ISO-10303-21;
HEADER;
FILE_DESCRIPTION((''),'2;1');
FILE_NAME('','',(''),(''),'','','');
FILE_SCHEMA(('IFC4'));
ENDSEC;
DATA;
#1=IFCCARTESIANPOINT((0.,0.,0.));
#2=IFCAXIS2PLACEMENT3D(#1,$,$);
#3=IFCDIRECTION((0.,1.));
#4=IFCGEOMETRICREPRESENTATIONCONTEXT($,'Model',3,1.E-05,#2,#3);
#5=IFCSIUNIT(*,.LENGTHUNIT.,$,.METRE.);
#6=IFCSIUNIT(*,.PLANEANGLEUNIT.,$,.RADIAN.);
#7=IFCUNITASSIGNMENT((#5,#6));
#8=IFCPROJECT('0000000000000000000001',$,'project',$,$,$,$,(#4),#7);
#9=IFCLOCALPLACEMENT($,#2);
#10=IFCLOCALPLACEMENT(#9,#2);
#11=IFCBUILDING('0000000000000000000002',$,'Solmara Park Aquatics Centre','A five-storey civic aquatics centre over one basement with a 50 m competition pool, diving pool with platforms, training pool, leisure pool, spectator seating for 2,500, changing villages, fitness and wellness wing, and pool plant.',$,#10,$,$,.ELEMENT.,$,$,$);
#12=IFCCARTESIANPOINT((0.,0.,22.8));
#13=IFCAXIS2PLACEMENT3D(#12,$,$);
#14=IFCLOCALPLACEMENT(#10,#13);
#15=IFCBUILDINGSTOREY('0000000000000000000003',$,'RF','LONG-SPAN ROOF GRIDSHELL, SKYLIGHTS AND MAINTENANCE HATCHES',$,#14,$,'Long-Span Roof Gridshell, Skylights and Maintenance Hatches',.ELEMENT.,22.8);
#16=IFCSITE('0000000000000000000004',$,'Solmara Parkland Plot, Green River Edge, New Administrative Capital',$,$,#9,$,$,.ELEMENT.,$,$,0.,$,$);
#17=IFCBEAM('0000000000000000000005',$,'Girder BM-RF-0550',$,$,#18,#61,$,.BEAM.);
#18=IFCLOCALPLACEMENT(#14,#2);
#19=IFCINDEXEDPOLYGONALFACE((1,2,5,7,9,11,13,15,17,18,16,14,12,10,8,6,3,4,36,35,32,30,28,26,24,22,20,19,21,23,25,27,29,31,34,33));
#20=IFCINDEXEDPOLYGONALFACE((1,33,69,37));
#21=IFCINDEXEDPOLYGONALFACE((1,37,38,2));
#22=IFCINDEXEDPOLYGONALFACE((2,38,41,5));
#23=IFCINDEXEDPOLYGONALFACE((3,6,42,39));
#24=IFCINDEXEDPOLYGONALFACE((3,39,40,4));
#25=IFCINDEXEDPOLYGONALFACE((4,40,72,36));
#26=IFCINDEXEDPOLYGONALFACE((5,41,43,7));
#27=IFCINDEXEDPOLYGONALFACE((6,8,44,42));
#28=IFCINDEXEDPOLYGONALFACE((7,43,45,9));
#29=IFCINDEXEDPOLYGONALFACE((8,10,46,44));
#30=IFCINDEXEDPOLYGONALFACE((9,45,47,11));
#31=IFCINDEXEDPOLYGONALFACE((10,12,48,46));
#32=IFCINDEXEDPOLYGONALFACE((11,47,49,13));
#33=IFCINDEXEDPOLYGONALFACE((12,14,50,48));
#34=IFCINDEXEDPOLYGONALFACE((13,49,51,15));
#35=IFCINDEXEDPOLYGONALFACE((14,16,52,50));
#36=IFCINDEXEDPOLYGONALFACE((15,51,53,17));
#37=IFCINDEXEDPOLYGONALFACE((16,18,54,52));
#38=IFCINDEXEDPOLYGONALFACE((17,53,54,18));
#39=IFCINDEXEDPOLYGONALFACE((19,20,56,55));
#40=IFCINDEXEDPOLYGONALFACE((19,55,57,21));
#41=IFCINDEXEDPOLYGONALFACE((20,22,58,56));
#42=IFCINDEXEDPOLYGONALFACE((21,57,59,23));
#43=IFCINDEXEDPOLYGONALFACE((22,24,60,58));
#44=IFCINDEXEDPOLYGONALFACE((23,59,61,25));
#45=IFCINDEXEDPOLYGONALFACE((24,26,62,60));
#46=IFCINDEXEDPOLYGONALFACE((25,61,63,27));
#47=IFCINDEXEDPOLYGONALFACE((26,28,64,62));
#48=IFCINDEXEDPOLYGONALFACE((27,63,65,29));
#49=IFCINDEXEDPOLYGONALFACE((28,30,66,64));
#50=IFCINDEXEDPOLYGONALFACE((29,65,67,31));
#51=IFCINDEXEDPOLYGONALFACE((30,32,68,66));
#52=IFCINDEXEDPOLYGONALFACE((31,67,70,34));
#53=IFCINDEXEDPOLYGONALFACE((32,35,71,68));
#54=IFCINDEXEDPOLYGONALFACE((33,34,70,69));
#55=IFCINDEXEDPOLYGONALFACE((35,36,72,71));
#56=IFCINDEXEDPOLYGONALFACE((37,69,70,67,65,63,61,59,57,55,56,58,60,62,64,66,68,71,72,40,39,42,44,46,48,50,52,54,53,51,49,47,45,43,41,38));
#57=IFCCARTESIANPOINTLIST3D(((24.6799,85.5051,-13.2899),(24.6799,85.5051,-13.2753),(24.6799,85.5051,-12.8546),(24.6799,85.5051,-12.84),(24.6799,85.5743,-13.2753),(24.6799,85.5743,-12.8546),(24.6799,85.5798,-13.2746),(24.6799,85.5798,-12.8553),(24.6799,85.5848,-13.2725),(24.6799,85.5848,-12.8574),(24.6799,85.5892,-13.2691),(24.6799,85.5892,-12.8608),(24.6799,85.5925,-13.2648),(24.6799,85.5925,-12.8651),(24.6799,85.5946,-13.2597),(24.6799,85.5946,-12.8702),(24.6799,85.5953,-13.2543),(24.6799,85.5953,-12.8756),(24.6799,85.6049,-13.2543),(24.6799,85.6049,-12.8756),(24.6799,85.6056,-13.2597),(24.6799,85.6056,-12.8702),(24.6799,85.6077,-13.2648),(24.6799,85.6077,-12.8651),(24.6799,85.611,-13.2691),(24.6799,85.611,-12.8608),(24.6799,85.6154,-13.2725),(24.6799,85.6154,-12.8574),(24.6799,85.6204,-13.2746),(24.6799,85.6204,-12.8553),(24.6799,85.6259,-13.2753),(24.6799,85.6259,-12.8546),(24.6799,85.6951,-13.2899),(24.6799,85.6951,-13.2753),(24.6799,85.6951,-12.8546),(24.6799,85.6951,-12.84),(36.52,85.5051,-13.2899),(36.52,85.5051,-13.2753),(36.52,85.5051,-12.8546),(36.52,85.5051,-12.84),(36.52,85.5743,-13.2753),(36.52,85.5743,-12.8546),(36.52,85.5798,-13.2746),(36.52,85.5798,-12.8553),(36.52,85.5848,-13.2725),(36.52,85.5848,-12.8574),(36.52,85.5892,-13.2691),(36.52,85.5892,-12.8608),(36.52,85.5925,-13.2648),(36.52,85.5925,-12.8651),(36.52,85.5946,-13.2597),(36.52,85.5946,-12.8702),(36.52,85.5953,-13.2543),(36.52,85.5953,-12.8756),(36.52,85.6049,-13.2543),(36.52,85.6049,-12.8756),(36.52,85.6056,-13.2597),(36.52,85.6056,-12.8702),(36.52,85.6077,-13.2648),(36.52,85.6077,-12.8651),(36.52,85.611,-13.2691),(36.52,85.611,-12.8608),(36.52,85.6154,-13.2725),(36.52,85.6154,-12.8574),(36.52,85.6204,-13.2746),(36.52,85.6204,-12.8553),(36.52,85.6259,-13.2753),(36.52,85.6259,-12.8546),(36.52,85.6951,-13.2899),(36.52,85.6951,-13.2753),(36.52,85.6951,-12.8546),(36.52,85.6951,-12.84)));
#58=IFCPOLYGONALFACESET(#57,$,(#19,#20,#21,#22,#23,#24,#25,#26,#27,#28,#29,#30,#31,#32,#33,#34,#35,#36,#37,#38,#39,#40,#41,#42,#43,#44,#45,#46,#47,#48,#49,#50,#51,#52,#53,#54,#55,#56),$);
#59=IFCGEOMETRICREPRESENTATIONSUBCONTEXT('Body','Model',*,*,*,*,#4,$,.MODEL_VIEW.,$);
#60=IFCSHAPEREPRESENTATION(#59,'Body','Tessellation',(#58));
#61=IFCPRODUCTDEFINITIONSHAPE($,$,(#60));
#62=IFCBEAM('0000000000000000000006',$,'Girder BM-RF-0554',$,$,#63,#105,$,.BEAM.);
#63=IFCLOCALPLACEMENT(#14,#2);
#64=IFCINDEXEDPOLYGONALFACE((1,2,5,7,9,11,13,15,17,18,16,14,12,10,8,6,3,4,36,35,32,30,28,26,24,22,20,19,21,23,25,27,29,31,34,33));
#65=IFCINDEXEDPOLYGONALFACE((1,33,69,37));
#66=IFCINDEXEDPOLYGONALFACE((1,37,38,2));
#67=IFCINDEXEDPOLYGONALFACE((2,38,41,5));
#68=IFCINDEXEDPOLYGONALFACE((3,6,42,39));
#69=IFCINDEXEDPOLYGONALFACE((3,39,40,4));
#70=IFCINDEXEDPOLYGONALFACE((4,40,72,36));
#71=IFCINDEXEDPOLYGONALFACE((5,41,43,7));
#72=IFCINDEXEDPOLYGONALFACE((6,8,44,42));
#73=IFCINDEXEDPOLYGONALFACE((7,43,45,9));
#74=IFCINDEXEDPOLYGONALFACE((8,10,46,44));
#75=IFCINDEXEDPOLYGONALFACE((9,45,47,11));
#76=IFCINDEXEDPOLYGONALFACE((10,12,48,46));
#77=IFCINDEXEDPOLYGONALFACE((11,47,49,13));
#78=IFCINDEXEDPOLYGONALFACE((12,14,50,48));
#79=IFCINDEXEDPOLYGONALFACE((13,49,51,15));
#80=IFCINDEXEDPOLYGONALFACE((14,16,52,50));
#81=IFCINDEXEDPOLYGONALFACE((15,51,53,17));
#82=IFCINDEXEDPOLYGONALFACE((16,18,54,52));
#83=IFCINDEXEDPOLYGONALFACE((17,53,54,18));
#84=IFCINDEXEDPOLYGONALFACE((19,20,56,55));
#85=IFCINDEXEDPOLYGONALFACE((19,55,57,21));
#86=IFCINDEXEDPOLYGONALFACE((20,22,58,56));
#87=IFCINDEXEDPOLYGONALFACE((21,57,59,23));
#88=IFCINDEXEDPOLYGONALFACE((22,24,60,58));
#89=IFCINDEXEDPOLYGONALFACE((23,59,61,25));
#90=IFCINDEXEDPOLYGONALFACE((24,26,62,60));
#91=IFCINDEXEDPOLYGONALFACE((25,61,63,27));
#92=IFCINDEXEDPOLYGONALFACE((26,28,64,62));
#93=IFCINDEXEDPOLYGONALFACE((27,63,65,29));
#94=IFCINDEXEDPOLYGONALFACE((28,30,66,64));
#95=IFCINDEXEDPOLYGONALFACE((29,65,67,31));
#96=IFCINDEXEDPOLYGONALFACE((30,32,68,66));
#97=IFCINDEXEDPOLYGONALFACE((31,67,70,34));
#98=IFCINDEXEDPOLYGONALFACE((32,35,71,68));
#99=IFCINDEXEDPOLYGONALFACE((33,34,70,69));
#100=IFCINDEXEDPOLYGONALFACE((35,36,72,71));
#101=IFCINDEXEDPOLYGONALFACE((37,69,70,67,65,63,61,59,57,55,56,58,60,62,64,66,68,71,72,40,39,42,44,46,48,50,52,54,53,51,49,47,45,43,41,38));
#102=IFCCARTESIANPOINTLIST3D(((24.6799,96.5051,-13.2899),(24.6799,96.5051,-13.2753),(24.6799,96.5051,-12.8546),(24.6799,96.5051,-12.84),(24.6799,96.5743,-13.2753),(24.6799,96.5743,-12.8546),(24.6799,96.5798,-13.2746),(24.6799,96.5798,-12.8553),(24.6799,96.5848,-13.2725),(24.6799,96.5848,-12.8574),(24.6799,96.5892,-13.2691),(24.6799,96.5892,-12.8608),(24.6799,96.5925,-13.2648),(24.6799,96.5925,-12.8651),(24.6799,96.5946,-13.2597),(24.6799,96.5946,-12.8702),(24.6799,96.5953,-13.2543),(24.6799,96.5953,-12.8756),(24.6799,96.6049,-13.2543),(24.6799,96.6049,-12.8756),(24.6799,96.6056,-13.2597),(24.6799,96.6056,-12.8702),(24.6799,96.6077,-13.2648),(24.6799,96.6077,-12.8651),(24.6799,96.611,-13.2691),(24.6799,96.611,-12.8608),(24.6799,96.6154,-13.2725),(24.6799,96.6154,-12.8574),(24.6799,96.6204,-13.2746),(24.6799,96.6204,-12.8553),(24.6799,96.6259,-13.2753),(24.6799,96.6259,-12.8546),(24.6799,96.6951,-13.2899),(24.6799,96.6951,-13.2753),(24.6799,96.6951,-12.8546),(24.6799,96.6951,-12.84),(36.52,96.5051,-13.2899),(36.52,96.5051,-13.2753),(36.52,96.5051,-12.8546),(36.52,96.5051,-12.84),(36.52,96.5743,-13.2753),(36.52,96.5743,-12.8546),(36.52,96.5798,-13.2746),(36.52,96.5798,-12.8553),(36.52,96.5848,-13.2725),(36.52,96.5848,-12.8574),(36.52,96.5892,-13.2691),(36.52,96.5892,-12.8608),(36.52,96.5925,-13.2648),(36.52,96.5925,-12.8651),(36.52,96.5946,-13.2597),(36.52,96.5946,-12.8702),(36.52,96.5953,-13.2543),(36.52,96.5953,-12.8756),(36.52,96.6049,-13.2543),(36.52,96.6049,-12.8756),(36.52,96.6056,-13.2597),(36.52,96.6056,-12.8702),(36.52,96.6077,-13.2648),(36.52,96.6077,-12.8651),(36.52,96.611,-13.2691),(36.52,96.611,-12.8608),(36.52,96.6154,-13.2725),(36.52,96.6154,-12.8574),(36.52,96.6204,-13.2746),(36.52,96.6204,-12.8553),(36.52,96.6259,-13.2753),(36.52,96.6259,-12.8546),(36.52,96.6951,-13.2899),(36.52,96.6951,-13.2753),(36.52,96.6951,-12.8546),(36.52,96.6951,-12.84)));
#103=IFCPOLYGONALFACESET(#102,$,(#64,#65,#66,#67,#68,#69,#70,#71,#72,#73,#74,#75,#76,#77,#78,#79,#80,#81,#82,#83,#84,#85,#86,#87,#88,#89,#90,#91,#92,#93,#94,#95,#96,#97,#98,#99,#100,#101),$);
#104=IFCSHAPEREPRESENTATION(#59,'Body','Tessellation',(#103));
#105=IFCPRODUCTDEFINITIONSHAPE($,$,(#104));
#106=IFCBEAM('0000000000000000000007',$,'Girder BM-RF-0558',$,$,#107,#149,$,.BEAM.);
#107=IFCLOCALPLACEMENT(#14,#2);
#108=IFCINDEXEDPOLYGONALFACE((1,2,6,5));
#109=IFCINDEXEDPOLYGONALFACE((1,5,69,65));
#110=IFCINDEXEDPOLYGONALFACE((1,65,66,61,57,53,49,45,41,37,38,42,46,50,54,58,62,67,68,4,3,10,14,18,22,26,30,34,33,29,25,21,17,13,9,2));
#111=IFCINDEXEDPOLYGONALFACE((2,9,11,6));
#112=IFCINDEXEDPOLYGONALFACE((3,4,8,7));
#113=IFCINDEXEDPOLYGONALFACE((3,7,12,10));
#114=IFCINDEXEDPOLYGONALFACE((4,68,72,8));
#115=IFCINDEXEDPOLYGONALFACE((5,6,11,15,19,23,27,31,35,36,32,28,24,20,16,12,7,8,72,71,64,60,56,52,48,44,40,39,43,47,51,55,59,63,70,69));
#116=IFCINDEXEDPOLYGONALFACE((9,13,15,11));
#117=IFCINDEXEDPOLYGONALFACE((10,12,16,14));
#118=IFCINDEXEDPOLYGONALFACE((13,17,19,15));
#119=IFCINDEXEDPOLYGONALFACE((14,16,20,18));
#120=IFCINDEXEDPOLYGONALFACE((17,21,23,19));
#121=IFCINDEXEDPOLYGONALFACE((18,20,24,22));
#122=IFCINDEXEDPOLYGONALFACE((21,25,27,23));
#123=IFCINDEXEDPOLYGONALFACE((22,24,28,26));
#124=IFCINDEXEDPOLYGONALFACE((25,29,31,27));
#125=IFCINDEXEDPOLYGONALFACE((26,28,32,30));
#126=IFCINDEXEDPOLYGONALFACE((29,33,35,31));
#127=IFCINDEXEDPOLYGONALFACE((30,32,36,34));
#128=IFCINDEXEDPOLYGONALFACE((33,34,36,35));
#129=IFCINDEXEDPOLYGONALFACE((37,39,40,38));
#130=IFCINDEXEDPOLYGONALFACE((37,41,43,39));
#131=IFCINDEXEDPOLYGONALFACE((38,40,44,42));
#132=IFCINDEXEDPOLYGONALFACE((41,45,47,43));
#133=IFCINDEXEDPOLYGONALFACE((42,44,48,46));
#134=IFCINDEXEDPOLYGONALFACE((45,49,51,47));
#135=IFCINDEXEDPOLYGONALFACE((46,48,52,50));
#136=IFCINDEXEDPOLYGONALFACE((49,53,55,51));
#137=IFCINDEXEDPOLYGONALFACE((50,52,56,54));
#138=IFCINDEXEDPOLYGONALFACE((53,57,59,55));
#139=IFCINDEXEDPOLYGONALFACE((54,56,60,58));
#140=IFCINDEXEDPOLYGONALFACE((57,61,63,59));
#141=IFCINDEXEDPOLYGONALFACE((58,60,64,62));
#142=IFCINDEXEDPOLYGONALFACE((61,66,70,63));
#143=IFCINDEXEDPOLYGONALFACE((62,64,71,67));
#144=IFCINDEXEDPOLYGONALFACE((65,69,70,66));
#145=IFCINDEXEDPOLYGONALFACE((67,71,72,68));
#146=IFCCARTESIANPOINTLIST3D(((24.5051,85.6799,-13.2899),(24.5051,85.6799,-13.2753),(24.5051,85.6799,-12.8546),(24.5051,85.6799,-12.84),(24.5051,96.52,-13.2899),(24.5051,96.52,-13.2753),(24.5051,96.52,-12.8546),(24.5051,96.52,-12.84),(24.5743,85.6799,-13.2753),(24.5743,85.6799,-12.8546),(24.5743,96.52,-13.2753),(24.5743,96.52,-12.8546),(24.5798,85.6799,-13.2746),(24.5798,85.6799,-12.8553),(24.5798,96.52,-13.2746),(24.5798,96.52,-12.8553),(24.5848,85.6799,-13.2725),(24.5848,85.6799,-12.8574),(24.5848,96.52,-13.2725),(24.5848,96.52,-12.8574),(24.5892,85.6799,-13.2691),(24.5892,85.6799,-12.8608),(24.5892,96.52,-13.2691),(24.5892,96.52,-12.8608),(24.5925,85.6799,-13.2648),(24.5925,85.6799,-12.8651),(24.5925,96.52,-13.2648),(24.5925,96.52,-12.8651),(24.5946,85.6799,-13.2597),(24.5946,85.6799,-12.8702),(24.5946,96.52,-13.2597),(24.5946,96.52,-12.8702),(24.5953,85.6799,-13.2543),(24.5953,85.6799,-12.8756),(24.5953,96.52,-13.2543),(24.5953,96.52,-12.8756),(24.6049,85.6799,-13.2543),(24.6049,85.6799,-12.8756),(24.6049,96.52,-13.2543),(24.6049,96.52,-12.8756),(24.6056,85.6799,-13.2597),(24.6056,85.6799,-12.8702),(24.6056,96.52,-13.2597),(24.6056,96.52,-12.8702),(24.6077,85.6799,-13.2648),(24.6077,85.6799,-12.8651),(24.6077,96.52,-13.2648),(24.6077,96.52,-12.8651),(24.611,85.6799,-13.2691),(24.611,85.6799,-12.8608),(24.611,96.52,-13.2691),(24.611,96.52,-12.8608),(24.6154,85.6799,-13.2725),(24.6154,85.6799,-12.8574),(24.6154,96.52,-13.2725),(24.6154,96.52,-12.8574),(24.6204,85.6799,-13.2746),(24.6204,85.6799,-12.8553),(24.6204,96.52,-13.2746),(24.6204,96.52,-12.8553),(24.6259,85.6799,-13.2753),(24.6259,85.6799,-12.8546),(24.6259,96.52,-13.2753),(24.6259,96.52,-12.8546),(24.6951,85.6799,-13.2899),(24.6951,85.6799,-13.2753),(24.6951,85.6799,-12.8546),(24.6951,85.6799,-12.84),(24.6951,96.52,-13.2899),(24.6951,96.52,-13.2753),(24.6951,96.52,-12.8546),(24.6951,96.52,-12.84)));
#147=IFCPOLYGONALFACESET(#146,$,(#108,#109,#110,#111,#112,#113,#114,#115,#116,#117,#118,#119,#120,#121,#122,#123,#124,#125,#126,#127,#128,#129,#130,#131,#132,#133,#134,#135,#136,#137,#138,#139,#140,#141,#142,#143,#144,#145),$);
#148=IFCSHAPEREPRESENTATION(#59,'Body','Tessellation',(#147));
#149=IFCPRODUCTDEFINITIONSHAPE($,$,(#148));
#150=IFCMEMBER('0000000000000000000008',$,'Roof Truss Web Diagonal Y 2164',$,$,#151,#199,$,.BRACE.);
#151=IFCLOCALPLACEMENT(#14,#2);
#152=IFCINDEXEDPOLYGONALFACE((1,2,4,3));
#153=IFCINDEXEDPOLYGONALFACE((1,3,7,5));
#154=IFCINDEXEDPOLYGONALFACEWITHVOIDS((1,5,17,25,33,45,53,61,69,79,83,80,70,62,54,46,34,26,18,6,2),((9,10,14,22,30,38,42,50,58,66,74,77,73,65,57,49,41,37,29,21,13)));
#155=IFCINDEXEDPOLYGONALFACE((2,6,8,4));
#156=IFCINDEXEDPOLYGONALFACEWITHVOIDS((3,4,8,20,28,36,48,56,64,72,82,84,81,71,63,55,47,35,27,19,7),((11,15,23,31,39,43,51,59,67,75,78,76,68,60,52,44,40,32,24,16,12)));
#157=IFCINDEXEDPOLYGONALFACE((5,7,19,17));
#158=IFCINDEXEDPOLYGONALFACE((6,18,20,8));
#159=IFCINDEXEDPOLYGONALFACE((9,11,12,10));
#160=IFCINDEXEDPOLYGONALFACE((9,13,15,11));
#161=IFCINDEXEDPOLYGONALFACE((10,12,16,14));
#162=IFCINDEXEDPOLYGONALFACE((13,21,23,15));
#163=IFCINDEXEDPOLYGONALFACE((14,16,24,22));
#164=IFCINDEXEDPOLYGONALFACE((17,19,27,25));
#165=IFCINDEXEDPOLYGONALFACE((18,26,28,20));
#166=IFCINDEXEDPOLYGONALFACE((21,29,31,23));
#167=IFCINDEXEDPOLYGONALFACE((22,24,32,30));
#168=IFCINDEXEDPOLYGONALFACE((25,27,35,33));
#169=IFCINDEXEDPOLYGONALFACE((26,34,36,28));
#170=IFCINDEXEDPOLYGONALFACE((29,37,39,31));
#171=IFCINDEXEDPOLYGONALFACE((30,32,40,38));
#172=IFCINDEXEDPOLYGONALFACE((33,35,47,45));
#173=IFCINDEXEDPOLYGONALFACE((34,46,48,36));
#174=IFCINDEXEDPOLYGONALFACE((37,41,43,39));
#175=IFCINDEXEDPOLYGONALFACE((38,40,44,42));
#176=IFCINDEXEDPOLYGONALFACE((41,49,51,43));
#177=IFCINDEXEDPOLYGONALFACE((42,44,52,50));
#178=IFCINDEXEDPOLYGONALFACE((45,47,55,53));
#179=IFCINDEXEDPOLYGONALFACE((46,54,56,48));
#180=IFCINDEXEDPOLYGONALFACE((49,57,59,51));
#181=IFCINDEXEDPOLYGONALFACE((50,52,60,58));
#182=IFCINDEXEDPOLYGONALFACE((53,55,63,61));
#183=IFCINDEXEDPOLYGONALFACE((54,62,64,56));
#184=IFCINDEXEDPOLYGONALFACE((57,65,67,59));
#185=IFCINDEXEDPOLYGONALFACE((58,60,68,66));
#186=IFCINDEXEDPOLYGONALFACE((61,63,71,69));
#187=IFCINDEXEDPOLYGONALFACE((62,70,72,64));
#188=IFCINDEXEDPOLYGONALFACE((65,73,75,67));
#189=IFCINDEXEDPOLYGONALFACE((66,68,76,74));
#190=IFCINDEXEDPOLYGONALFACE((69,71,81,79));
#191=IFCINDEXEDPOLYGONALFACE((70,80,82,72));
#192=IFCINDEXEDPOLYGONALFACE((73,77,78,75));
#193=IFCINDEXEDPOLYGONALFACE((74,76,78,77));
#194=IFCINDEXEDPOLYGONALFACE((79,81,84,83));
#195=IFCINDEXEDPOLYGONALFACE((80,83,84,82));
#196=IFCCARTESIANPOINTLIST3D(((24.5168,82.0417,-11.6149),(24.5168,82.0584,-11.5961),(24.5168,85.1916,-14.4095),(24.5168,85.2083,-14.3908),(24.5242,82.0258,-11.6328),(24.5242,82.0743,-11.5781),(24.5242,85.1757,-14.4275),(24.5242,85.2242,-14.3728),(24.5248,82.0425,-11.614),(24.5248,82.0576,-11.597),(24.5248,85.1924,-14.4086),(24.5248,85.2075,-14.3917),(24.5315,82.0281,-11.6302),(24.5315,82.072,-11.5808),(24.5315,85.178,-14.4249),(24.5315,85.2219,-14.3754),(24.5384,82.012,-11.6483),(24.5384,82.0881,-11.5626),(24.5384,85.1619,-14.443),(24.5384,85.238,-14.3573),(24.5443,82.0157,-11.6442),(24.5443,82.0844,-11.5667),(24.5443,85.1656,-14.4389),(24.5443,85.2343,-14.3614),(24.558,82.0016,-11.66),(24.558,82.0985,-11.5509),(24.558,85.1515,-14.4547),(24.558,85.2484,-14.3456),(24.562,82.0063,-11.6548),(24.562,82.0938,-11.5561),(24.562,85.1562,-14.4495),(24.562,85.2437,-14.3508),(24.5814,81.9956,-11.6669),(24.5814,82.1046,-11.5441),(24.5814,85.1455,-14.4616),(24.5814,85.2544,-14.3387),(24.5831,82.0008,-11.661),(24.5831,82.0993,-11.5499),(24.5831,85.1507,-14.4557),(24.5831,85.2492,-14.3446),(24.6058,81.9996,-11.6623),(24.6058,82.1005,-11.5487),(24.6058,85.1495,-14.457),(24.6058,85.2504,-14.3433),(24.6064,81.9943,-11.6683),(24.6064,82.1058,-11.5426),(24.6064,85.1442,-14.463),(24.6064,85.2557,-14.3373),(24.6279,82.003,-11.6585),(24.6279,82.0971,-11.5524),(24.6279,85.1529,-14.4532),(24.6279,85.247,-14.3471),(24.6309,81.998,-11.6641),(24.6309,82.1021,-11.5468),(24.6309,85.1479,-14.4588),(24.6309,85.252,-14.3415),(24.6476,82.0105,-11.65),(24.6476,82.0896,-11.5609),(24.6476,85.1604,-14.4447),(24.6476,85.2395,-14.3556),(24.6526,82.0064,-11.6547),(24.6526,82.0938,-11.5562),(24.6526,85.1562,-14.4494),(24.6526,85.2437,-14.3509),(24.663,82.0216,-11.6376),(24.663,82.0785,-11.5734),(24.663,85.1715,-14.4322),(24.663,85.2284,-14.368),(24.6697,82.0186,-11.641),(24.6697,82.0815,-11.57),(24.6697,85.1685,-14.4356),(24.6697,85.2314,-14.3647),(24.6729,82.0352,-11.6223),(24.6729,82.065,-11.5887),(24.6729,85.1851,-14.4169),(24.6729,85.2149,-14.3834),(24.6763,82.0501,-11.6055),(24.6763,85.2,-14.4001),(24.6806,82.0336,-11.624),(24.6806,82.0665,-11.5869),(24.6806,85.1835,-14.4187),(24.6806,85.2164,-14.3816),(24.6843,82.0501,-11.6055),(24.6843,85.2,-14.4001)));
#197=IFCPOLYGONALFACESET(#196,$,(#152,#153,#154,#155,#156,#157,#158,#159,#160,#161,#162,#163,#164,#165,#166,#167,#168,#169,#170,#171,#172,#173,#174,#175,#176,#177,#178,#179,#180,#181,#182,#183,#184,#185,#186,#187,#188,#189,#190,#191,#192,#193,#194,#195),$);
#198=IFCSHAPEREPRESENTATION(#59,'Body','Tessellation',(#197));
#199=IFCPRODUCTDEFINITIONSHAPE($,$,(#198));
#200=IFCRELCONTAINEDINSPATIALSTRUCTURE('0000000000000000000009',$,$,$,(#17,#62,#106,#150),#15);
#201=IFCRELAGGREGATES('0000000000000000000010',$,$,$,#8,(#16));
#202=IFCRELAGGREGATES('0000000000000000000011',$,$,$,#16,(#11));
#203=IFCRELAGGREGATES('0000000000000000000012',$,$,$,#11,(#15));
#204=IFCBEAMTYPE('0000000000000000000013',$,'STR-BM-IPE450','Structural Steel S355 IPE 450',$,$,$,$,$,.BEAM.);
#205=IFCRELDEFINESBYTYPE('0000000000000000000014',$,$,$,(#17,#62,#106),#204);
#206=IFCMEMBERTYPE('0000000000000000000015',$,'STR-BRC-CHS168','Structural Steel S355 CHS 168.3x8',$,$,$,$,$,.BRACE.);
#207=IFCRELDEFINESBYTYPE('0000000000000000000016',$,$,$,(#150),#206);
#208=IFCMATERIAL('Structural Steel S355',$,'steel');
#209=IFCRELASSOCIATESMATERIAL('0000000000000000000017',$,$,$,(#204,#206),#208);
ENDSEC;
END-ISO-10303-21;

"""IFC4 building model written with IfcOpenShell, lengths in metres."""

from ifc_helpers import new_model, si_unit, direction, frame, origin, origin_2d, place, context, subcontext, project, spatial, hollow_circle, i_section, extrude, material, material_profile, profile_set, type_object, element, save


model = new_model("IFC4")

# Units and contexts
model_context = context("Model", 3, precision=1e-05, world=origin(), true_north=direction((0.0, 1.0)))
body_context = subcontext(model_context, "Body", "Model", "MODEL_VIEW")
ifc_project = project(units=[si_unit("LENGTHUNIT", "METRE"), si_unit("PLANEANGLEUNIT", "RADIAN")], contexts=[model_context])

# Site, building, storey
site_placement = place(None, origin())
site = spatial("IfcSite", under=ifc_project, at=site_placement, Name="Solmara Parkland Plot, Green River Edge, New Administrative Capital", CompositionType="ELEMENT", RefElevation=0.0)
building_placement = place(site_placement, origin())
building = spatial("IfcBuilding", under=site, at=building_placement, Name="Solmara Park Aquatics Centre", Description="A five-storey civic aquatics centre over one basement with a 50 m competition pool, diving pool with platforms, training pool, leisure pool, spectator seating for 2,500, changing villages, fitness and wellness wing, and pool plant.", CompositionType="ELEMENT")
storey_placement = place(building_placement, frame((0.0, 0.0, 22.8)))
storey = spatial("IfcBuildingStorey", under=building, at=storey_placement, Name="RF", Description="LONG-SPAN ROOF GRIDSHELL, SKYLIGHTS AND MAINTENANCE HATCHES", LongName="Long-Span Roof Gridshell, Skylights and Maintenance Hatches", CompositionType="ELEMENT", Elevation=22.8)

# Beams
ifc_material_1 = material(Name="Structural Steel S355", Category="steel")
ifc_material_profile_1 = material_profile(ifc_material_1, i_section(OverallWidth=0.1899, OverallDepth=0.45, WebThickness=0.0095, FlangeThickness=0.0146, FilletRadius=0.021, at=origin_2d()), Name="IPE 450")
ifc_profile_set_1 = profile_set([ifc_material_profile_1], Name="Structural Steel S355")
beam_type_1 = type_object("IfcBeamType", Name="STR-BM-IPE450", Description="Structural Steel S355 IPE 450", PredefinedType="BEAM", material=ifc_profile_set_1)
for number, where, z_axis, x_axis, name in (
    (1, (24.6799, 85.6001, -13.0649), (1.0, 0.0, 0.0), (0.0, 1.0, 0.0), "Girder BM-RF-0550"),
    (2, (24.6799, 96.6001, -13.0649), (1.0, 0.0, 0.0), (0.0, 1.0, 0.0), "Girder BM-RF-0554"),
):
    element("IfcBeam", number, at=place(storey_placement, frame(where, z_axis=z_axis, x_axis=x_axis)), inside=storey, type_object=beam_type_1, Name=name, PredefinedType="BEAM", context=body_context, shape_type="SweptSolid", body=[
        extrude(i_section(OverallWidth=0.1899, OverallDepth=0.45, WebThickness=0.0095, FlangeThickness=0.0146, FilletRadius=0.021, at=origin_2d()), origin(), (0.0, 0.0, 1.0), 11.8401),
    ])
beam_1_placement = place(storey_placement, frame((24.6001, 85.6799, -13.0649), z_axis=(0.0, 1.0, 0.0), x_axis=(-1.0, 0.0, 0.0)))
element("IfcBeam", 3, at=beam_1_placement, inside=storey, type_object=beam_type_1, Name="Girder BM-RF-0558", PredefinedType="BEAM", context=body_context, shape_type="SweptSolid", body=[
    extrude(i_section(OverallWidth=0.1899, OverallDepth=0.45, WebThickness=0.0095, FlangeThickness=0.0146, FilletRadius=0.021, at=origin_2d()), origin(), (0.0, 0.0, 1.0), 10.8401),
])

# Member
ifc_material_profile_2 = material_profile(ifc_material_1, hollow_circle(Radius=0.0842, WallThickness=0.0081, at=origin_2d()), Name="CHS 168.3x8")
ifc_profile_set_2 = profile_set([ifc_material_profile_2], Name="Structural Steel S355")
member_type_1 = type_object("IfcMemberType", Name="STR-BRC-CHS168", Description="Structural Steel S355 CHS 168.3x8", PredefinedType="BRACE", material=ifc_profile_set_2)
member_1_placement = place(storey_placement, frame((24.6001, 85.2, -14.4001), z_axis=(0.0, -0.748026, 0.663669), x_axis=(1.0, 0.0, 0.0)))
element("IfcMember", 4, at=member_1_placement, inside=storey, type_object=member_type_1, Name="Roof Truss Web Diagonal Y 2164", PredefinedType="BRACE", context=body_context, shape_type="SweptSolid", body=[
    extrude(hollow_circle(Radius=0.0842, WallThickness=0.0081, at=origin_2d()), origin(), (0.0, 0.0, 1.0), 4.2109),
])

save(model, "model.ifc")
